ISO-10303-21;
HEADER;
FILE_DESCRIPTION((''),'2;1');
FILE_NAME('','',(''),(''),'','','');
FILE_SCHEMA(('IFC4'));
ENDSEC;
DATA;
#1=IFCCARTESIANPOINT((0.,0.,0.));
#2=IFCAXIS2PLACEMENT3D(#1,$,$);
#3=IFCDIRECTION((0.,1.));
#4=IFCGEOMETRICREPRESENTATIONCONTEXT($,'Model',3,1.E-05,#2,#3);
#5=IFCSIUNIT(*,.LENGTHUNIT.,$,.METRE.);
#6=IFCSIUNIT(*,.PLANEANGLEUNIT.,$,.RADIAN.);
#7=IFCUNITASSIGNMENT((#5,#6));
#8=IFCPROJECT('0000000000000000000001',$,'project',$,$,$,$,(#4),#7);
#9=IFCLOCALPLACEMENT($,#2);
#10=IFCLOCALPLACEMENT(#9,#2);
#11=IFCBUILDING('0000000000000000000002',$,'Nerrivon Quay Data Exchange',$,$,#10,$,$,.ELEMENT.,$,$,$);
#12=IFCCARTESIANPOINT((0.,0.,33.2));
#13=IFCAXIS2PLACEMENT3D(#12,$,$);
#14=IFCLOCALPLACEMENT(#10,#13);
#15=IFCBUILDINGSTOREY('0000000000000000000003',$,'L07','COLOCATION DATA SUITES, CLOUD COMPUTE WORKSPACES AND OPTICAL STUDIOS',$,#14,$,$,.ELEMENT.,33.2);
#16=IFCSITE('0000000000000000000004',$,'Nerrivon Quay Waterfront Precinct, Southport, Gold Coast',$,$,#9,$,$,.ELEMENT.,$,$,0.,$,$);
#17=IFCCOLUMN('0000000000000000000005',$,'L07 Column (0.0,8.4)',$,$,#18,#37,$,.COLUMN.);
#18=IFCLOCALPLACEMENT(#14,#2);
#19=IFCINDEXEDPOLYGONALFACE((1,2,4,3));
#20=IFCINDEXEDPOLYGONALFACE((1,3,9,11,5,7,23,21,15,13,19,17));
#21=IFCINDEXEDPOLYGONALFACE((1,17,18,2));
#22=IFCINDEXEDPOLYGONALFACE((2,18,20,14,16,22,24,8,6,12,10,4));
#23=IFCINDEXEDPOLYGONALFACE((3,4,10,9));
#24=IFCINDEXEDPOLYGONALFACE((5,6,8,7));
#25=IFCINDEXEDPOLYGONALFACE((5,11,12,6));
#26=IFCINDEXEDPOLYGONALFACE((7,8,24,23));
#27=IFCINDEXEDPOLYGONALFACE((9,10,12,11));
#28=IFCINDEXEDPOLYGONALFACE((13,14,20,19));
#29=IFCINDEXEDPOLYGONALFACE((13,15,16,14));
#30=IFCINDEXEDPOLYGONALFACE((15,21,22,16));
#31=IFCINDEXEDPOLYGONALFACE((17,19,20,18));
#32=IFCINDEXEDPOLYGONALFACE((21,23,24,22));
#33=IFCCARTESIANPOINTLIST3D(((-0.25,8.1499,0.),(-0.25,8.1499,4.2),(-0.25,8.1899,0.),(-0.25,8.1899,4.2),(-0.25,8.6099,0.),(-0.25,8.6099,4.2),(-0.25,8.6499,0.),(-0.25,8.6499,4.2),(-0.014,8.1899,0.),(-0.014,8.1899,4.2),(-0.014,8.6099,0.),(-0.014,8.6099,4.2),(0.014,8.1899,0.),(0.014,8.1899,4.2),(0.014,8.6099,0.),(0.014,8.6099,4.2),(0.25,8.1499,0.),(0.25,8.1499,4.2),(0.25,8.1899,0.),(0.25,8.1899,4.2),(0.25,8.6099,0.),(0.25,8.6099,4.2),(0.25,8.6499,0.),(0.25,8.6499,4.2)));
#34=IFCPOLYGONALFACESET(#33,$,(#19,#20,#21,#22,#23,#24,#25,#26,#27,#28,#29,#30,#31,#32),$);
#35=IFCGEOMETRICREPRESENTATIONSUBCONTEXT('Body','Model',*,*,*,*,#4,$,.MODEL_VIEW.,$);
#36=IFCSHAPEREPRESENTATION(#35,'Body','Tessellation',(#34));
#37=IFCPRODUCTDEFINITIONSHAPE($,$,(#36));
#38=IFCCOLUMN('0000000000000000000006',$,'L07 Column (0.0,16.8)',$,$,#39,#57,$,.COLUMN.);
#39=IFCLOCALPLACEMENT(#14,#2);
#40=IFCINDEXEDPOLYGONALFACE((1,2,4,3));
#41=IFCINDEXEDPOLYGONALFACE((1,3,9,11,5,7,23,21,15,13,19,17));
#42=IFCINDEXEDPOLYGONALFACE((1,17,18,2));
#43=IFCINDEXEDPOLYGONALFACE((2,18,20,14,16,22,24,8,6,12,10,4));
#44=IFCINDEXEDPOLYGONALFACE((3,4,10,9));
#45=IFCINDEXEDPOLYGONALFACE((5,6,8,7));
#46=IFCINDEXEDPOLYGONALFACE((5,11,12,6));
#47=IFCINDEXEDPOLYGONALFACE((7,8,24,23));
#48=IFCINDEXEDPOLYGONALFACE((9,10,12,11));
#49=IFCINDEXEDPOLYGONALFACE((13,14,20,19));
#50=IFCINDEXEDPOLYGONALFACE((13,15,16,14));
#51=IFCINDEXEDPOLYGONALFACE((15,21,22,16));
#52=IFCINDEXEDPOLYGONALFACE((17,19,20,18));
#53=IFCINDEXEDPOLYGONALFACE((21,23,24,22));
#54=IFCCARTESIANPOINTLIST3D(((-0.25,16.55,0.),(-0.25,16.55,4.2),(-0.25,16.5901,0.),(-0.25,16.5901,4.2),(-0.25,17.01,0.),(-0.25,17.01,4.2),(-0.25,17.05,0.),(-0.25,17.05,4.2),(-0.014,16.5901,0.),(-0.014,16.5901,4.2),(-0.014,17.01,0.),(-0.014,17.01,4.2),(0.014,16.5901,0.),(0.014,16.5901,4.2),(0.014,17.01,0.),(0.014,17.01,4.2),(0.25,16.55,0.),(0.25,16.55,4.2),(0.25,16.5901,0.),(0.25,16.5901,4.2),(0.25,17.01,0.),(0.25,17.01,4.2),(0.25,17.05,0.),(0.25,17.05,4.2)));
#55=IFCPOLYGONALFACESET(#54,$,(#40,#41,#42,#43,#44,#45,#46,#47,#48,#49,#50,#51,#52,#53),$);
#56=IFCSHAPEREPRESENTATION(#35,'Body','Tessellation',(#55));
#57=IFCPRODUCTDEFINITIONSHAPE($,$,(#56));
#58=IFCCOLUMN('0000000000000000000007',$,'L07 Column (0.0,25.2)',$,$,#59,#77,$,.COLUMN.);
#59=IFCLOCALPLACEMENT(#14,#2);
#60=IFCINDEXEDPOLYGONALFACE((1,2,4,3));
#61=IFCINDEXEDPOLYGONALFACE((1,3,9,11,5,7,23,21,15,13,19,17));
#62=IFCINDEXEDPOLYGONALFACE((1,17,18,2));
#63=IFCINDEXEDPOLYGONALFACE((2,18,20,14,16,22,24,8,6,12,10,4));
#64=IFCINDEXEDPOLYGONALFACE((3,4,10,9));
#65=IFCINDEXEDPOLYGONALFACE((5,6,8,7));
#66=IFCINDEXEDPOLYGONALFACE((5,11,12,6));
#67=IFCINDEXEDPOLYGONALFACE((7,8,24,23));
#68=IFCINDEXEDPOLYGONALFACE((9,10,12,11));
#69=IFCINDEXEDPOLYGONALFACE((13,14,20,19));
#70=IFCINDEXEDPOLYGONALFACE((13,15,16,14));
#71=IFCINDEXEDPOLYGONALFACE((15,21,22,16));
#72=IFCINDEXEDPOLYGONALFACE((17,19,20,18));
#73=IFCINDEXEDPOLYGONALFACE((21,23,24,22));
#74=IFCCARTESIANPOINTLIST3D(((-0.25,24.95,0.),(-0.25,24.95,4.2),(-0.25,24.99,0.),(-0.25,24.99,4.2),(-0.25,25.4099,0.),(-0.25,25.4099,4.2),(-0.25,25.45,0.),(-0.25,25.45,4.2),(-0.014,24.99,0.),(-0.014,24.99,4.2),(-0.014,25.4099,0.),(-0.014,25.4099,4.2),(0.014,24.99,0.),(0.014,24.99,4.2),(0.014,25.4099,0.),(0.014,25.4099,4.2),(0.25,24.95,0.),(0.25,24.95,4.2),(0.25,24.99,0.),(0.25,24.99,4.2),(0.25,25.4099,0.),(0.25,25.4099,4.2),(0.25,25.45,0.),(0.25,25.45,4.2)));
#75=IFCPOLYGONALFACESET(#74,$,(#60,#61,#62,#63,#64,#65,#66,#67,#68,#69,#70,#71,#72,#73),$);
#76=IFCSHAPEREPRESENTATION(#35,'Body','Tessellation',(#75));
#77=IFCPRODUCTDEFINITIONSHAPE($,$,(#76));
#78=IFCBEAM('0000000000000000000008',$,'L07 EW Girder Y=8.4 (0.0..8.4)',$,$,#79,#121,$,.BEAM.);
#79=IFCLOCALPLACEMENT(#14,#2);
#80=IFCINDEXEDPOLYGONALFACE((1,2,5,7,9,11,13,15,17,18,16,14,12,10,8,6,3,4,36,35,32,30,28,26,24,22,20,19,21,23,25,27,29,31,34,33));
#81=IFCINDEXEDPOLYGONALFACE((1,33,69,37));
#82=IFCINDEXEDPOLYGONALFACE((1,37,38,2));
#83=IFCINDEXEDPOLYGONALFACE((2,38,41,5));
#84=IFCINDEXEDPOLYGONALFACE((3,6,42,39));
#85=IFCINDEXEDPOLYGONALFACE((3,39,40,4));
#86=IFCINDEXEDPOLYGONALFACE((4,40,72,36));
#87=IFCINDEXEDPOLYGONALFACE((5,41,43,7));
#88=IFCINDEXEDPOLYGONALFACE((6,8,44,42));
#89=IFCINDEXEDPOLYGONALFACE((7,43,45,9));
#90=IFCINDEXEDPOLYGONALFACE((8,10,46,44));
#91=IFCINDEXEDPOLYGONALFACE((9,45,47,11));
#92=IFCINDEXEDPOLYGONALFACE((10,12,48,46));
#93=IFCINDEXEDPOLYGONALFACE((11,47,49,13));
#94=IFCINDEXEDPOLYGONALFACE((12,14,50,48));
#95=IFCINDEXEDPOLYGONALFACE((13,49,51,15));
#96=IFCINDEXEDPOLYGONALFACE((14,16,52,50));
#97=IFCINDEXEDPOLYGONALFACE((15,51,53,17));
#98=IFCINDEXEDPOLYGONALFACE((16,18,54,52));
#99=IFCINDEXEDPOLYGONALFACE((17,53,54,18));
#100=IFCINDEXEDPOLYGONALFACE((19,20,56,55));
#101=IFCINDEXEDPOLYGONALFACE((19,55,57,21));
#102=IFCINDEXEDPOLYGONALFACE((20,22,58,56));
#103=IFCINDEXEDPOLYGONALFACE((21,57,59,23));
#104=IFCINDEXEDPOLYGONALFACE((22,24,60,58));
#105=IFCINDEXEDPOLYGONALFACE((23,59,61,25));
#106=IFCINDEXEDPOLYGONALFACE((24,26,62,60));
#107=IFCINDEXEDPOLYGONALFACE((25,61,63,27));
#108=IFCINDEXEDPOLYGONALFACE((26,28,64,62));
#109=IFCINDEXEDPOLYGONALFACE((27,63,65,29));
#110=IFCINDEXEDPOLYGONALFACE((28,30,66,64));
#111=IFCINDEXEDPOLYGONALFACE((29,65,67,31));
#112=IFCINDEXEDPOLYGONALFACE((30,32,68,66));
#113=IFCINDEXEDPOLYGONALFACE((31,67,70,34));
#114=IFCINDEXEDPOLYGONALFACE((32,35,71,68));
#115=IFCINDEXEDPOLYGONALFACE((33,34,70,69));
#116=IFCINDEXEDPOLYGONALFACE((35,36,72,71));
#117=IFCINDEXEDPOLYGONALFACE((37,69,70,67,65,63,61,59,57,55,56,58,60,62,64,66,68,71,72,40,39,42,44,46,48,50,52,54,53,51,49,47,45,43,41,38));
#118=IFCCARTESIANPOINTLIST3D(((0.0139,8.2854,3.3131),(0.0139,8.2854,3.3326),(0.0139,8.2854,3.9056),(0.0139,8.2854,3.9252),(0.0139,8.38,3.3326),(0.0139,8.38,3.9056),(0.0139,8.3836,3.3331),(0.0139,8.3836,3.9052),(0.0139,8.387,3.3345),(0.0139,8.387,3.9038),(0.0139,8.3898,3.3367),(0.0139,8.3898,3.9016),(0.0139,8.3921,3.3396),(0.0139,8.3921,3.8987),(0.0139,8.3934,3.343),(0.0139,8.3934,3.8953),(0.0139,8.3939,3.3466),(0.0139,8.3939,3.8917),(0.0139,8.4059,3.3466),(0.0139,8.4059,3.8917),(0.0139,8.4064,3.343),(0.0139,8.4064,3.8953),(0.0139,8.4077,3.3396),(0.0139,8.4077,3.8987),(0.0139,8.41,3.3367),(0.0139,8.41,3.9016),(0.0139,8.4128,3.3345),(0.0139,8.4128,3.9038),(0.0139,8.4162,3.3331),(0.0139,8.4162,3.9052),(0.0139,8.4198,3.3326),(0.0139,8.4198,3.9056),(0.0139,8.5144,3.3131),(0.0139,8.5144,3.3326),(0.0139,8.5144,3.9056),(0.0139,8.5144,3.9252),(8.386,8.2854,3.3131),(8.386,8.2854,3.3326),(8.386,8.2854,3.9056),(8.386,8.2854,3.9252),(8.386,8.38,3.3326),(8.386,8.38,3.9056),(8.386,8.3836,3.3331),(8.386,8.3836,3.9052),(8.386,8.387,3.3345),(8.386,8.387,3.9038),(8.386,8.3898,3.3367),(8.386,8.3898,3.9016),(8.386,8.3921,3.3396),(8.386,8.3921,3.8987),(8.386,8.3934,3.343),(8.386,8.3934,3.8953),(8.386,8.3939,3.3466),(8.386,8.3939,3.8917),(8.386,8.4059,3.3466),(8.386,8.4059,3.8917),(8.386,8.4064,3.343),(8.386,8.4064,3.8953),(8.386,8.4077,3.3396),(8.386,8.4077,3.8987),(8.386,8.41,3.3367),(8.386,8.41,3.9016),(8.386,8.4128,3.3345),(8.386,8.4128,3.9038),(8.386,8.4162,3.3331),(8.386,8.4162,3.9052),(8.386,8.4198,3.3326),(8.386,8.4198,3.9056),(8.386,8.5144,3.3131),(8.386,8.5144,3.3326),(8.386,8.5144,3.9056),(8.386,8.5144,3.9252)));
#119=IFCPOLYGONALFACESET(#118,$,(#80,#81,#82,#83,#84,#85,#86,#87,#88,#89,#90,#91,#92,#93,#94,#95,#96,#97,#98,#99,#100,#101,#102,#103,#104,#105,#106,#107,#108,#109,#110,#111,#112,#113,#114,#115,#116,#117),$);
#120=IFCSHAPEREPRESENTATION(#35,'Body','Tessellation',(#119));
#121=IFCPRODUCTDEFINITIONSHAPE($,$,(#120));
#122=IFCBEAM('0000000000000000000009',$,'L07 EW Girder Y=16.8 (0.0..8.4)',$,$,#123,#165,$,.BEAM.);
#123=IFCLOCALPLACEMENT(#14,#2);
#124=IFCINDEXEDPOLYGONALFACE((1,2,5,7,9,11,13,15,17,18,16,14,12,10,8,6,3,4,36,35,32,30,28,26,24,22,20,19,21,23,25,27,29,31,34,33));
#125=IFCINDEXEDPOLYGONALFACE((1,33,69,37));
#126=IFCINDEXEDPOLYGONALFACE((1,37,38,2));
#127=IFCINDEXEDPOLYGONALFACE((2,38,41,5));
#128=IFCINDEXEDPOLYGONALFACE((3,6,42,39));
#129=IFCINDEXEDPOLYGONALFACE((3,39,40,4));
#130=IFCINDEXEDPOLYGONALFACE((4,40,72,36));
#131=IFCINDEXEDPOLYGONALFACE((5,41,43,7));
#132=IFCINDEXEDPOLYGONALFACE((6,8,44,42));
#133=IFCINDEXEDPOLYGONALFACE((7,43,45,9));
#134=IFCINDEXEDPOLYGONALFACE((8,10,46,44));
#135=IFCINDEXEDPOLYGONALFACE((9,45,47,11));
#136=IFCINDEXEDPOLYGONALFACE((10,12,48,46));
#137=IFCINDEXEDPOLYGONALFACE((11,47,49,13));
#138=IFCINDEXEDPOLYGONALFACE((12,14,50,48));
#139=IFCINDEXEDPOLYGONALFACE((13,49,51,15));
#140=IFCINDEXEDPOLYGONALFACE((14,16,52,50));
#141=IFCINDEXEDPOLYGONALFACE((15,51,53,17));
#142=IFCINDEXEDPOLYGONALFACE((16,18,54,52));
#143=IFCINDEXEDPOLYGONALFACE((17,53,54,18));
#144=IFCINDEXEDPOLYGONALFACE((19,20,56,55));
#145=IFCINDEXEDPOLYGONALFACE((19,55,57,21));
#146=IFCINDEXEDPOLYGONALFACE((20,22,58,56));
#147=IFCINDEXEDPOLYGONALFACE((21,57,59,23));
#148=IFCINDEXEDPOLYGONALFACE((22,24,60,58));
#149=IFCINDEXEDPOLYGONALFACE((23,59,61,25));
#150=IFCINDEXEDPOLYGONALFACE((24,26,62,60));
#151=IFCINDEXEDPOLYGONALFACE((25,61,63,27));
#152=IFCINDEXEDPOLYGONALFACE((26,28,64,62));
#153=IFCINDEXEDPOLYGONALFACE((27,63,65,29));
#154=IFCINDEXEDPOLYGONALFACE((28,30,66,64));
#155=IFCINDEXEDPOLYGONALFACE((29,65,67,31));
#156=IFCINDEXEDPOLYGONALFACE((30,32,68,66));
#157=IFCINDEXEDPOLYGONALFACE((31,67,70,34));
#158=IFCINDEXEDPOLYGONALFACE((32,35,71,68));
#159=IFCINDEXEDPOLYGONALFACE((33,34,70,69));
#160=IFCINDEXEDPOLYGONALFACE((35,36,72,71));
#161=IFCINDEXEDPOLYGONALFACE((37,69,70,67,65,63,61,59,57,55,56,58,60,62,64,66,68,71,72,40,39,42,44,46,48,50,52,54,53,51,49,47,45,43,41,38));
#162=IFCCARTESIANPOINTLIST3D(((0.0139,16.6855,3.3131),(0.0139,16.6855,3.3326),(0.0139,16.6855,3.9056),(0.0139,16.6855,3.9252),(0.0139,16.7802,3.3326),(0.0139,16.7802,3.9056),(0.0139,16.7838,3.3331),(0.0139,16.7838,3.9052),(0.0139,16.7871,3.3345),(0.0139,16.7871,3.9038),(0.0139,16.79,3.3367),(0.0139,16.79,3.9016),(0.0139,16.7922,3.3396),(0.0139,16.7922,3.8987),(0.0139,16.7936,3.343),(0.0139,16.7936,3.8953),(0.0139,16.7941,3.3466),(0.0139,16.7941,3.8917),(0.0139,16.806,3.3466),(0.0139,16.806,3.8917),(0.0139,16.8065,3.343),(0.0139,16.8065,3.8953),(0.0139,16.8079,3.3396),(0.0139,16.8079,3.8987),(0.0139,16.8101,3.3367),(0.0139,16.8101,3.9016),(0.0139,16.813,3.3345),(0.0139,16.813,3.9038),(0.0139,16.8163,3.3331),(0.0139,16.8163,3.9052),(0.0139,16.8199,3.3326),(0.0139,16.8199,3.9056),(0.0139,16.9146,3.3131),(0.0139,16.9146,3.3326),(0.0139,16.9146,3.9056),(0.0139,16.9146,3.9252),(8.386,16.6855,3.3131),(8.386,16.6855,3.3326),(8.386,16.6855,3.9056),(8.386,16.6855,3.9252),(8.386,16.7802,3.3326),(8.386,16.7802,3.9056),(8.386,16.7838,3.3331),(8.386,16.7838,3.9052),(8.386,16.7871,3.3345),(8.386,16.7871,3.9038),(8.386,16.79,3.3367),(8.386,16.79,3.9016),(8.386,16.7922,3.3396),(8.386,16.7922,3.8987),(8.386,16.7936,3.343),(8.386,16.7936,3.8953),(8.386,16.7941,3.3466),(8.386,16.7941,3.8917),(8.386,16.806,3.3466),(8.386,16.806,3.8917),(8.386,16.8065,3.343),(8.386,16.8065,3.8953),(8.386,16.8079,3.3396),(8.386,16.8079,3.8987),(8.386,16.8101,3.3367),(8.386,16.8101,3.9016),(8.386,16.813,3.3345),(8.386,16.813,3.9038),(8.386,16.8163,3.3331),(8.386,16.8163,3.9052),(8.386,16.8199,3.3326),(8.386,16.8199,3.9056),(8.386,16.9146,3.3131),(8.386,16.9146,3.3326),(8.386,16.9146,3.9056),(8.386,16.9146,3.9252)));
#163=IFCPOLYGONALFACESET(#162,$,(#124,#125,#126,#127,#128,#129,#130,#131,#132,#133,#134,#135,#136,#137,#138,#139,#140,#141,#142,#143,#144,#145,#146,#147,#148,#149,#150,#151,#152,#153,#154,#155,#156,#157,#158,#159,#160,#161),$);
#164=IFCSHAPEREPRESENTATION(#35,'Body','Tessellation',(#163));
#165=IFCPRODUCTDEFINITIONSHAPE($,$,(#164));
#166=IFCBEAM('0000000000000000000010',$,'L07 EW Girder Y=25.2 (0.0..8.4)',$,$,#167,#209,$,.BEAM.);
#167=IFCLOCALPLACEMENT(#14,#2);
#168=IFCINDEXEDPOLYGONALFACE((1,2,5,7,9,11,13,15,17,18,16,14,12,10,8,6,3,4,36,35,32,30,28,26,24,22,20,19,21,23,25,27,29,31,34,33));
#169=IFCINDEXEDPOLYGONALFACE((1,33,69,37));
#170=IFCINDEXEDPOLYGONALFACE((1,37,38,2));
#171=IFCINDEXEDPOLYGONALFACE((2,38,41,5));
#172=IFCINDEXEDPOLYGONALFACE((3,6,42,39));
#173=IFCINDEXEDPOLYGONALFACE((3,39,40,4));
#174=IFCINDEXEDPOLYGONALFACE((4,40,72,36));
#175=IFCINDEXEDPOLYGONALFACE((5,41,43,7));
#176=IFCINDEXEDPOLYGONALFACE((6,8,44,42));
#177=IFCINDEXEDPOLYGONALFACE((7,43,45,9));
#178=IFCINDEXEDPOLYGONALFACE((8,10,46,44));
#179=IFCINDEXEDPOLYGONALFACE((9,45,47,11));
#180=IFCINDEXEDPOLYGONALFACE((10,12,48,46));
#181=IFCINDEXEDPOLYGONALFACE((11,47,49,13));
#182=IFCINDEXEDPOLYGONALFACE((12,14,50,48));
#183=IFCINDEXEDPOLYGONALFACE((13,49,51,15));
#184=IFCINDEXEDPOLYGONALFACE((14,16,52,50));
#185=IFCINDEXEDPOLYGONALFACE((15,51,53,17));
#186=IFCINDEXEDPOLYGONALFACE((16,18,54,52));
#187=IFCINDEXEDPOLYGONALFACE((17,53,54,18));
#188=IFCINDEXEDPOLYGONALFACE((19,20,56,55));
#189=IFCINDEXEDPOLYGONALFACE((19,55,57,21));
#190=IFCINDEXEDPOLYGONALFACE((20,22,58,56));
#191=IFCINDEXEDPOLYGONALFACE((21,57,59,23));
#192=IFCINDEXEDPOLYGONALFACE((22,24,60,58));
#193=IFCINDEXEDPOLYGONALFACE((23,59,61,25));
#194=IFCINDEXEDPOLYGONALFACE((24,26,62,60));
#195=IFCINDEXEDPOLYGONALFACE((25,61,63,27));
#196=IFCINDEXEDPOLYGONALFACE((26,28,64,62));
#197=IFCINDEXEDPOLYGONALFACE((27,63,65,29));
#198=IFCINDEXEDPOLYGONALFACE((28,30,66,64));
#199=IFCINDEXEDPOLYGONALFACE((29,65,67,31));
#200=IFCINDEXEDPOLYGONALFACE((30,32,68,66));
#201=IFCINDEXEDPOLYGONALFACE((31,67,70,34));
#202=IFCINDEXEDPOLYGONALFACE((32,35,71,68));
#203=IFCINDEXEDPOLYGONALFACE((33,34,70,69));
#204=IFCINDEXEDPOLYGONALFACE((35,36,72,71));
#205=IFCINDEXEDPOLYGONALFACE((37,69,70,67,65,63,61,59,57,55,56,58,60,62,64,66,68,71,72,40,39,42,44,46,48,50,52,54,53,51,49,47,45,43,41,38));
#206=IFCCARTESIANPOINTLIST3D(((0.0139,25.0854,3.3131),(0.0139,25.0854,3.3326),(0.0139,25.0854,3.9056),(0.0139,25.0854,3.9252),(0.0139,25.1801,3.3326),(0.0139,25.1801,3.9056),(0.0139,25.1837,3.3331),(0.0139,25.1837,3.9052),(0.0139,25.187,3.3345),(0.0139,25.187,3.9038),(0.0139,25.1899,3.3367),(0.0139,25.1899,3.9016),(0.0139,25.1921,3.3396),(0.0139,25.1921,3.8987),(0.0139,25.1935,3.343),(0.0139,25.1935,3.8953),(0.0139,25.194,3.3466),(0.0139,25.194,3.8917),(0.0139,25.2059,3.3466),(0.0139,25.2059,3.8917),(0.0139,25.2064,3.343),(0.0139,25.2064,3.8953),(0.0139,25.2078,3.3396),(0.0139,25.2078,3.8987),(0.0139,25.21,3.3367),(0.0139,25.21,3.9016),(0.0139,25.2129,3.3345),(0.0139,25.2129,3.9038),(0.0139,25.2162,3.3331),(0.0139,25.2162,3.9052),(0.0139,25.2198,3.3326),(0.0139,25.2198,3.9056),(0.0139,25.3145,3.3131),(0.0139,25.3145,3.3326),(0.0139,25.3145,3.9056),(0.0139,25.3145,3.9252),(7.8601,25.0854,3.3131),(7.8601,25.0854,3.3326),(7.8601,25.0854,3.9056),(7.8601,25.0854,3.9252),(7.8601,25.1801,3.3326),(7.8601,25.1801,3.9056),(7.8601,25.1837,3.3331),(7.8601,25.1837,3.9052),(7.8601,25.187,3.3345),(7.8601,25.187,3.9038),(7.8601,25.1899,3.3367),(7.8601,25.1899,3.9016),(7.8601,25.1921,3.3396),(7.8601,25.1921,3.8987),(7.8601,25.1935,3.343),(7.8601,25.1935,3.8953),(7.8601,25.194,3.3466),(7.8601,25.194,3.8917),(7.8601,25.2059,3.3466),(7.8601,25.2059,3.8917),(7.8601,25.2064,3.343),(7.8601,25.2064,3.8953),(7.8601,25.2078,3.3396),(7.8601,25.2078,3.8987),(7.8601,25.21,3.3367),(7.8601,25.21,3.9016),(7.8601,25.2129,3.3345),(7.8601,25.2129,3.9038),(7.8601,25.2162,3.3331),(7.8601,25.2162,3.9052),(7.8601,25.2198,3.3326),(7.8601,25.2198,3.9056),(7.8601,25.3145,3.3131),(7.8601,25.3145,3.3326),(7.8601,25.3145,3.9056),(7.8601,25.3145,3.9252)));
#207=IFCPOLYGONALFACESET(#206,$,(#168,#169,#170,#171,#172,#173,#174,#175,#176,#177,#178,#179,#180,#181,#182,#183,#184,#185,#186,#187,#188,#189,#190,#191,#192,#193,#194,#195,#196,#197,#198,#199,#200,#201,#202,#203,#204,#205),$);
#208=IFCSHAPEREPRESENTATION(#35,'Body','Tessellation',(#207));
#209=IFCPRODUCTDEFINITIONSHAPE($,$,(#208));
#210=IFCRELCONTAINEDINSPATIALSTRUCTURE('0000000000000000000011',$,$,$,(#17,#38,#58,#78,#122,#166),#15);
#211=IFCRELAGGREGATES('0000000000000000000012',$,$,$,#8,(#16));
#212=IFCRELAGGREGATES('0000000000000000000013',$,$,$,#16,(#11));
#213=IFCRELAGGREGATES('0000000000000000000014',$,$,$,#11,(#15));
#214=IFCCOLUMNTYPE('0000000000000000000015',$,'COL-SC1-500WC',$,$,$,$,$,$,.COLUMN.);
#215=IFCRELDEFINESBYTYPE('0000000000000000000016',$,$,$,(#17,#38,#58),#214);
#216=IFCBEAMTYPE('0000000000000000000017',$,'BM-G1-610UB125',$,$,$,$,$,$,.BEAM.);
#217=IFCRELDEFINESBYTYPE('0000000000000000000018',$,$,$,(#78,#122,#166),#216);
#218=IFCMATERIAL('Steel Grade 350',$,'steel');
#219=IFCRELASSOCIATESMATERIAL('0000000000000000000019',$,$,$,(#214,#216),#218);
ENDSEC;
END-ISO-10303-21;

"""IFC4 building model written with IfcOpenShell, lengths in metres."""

from ifc_helpers import new_model, si_unit, direction, frame, origin, origin_2d, place, context, subcontext, project, spatial, i_section, extrude, material, material_profile, profile_set, type_object, element, save


model = new_model("IFC4")

# Units and contexts
model_context = context("Model", 3, precision=1e-05, world=origin(), true_north=direction((0.0, 1.0)))
body_context = subcontext(model_context, "Body", "Model", "MODEL_VIEW")
ifc_project = project(units=[si_unit("LENGTHUNIT", "METRE"), si_unit("PLANEANGLEUNIT", "RADIAN")], contexts=[model_context])

# Site, building, storey
site_placement = place(None, origin())
site = spatial("IfcSite", under=ifc_project, at=site_placement, Name="Nerrivon Quay Waterfront Precinct, Southport, Gold Coast", CompositionType="ELEMENT", RefElevation=0.0)
building_placement = place(site_placement, origin())
building = spatial("IfcBuilding", under=site, at=building_placement, Name="Nerrivon Quay Data Exchange", CompositionType="ELEMENT")
storey_placement = place(building_placement, frame((0.0, 0.0, 33.2)))
storey = spatial("IfcBuildingStorey", under=building, at=storey_placement, Name="L07", Description="COLOCATION DATA SUITES, CLOUD COMPUTE WORKSPACES AND OPTICAL STUDIOS", CompositionType="ELEMENT", Elevation=33.2)

# Columns
ifc_material_1 = material(Name="Steel Grade 350", Category="steel")
ifc_material_profile_1 = material_profile(ifc_material_1, i_section(OverallWidth=0.5, OverallDepth=0.5, WebThickness=0.0281, FlangeThickness=0.04, at=origin_2d()), Name="500WC440")
ifc_profile_set_1 = profile_set([ifc_material_profile_1], Name="Steel Grade 350")
column_type = type_object("IfcColumnType", Name="COL-SC1-500WC", PredefinedType="COLUMN", material=ifc_profile_set_1)
for number, where, z_axis, x_axis, name in (
    (1, (0.0, 8.3999, 0.0), (0.0, 0.0, 1.0), (1.0, 0.0, 0.0), "L07 Column (0.0,8.4)"),
    (2, (0.0, 16.8, 0.0), (0.0, 0.0, 1.0), (1.0, 0.0, 0.0), "L07 Column (0.0,16.8)"),
    (3, (0.0, 25.2, 0.0), (0.0, 0.0, 1.0), (1.0, 0.0, 0.0), "L07 Column (0.0,25.2)"),
):
    element("IfcColumn", number, at=place(storey_placement, frame(where, z_axis=z_axis, x_axis=x_axis)), inside=storey, type_object=column_type, Name=name, PredefinedType="COLUMN", context=body_context, shape_type="SweptSolid", body=[
        extrude(i_section(OverallWidth=0.5, OverallDepth=0.5, WebThickness=0.0281, FlangeThickness=0.04, at=origin_2d()), origin(), (0.0, 0.0, 1.0), 4.2),
    ])

# Beams
ifc_material_profile_2 = material_profile(ifc_material_1, i_section(OverallWidth=0.229, OverallDepth=0.6121, WebThickness=0.012, FlangeThickness=0.0195, FilletRadius=0.0139, at=origin_2d()), Name="610UB125")
ifc_profile_set_2 = profile_set([ifc_material_profile_2], Name="Steel Grade 350")
beam_type_1 = type_object("IfcBeamType", Name="BM-G1-610UB125", PredefinedType="BEAM", material=ifc_profile_set_2)
for number, where, z_axis, x_axis, name in (
    (4, (0.0139, 8.3999, 3.6191), (1.0, 0.0, 0.0), (0.0, 1.0, 0.0), "L07 EW Girder Y=8.4 (0.0..8.4)"),
    (5, (0.0139, 16.8, 3.6191), (1.0, 0.0, 0.0), (0.0, 1.0, 0.0), "L07 EW Girder Y=16.8 (0.0..8.4)"),
):
    element("IfcBeam", number, at=place(storey_placement, frame(where, z_axis=z_axis, x_axis=x_axis)), inside=storey, type_object=beam_type_1, Name=name, PredefinedType="BEAM", context=body_context, shape_type="SweptSolid", body=[
        extrude(i_section(OverallWidth=0.229, OverallDepth=0.6121, WebThickness=0.012, FlangeThickness=0.0195, FilletRadius=0.0139, at=origin_2d()), origin(), (0.0, 0.0, 1.0), 8.3721),
    ])
beam_1_placement = place(storey_placement, frame((0.0139, 25.2, 3.6191), z_axis=(1.0, 0.0, 0.0), x_axis=(0.0, 1.0, 0.0)))
element("IfcBeam", 6, at=beam_1_placement, inside=storey, type_object=beam_type_1, Name="L07 EW Girder Y=25.2 (0.0..8.4)", PredefinedType="BEAM", context=body_context, shape_type="SweptSolid", body=[
    extrude(i_section(OverallWidth=0.229, OverallDepth=0.6121, WebThickness=0.012, FlangeThickness=0.0195, FilletRadius=0.0139, at=origin_2d()), origin(), (0.0, 0.0, 1.0), 7.8462),
])

save(model, "model.ifc")
